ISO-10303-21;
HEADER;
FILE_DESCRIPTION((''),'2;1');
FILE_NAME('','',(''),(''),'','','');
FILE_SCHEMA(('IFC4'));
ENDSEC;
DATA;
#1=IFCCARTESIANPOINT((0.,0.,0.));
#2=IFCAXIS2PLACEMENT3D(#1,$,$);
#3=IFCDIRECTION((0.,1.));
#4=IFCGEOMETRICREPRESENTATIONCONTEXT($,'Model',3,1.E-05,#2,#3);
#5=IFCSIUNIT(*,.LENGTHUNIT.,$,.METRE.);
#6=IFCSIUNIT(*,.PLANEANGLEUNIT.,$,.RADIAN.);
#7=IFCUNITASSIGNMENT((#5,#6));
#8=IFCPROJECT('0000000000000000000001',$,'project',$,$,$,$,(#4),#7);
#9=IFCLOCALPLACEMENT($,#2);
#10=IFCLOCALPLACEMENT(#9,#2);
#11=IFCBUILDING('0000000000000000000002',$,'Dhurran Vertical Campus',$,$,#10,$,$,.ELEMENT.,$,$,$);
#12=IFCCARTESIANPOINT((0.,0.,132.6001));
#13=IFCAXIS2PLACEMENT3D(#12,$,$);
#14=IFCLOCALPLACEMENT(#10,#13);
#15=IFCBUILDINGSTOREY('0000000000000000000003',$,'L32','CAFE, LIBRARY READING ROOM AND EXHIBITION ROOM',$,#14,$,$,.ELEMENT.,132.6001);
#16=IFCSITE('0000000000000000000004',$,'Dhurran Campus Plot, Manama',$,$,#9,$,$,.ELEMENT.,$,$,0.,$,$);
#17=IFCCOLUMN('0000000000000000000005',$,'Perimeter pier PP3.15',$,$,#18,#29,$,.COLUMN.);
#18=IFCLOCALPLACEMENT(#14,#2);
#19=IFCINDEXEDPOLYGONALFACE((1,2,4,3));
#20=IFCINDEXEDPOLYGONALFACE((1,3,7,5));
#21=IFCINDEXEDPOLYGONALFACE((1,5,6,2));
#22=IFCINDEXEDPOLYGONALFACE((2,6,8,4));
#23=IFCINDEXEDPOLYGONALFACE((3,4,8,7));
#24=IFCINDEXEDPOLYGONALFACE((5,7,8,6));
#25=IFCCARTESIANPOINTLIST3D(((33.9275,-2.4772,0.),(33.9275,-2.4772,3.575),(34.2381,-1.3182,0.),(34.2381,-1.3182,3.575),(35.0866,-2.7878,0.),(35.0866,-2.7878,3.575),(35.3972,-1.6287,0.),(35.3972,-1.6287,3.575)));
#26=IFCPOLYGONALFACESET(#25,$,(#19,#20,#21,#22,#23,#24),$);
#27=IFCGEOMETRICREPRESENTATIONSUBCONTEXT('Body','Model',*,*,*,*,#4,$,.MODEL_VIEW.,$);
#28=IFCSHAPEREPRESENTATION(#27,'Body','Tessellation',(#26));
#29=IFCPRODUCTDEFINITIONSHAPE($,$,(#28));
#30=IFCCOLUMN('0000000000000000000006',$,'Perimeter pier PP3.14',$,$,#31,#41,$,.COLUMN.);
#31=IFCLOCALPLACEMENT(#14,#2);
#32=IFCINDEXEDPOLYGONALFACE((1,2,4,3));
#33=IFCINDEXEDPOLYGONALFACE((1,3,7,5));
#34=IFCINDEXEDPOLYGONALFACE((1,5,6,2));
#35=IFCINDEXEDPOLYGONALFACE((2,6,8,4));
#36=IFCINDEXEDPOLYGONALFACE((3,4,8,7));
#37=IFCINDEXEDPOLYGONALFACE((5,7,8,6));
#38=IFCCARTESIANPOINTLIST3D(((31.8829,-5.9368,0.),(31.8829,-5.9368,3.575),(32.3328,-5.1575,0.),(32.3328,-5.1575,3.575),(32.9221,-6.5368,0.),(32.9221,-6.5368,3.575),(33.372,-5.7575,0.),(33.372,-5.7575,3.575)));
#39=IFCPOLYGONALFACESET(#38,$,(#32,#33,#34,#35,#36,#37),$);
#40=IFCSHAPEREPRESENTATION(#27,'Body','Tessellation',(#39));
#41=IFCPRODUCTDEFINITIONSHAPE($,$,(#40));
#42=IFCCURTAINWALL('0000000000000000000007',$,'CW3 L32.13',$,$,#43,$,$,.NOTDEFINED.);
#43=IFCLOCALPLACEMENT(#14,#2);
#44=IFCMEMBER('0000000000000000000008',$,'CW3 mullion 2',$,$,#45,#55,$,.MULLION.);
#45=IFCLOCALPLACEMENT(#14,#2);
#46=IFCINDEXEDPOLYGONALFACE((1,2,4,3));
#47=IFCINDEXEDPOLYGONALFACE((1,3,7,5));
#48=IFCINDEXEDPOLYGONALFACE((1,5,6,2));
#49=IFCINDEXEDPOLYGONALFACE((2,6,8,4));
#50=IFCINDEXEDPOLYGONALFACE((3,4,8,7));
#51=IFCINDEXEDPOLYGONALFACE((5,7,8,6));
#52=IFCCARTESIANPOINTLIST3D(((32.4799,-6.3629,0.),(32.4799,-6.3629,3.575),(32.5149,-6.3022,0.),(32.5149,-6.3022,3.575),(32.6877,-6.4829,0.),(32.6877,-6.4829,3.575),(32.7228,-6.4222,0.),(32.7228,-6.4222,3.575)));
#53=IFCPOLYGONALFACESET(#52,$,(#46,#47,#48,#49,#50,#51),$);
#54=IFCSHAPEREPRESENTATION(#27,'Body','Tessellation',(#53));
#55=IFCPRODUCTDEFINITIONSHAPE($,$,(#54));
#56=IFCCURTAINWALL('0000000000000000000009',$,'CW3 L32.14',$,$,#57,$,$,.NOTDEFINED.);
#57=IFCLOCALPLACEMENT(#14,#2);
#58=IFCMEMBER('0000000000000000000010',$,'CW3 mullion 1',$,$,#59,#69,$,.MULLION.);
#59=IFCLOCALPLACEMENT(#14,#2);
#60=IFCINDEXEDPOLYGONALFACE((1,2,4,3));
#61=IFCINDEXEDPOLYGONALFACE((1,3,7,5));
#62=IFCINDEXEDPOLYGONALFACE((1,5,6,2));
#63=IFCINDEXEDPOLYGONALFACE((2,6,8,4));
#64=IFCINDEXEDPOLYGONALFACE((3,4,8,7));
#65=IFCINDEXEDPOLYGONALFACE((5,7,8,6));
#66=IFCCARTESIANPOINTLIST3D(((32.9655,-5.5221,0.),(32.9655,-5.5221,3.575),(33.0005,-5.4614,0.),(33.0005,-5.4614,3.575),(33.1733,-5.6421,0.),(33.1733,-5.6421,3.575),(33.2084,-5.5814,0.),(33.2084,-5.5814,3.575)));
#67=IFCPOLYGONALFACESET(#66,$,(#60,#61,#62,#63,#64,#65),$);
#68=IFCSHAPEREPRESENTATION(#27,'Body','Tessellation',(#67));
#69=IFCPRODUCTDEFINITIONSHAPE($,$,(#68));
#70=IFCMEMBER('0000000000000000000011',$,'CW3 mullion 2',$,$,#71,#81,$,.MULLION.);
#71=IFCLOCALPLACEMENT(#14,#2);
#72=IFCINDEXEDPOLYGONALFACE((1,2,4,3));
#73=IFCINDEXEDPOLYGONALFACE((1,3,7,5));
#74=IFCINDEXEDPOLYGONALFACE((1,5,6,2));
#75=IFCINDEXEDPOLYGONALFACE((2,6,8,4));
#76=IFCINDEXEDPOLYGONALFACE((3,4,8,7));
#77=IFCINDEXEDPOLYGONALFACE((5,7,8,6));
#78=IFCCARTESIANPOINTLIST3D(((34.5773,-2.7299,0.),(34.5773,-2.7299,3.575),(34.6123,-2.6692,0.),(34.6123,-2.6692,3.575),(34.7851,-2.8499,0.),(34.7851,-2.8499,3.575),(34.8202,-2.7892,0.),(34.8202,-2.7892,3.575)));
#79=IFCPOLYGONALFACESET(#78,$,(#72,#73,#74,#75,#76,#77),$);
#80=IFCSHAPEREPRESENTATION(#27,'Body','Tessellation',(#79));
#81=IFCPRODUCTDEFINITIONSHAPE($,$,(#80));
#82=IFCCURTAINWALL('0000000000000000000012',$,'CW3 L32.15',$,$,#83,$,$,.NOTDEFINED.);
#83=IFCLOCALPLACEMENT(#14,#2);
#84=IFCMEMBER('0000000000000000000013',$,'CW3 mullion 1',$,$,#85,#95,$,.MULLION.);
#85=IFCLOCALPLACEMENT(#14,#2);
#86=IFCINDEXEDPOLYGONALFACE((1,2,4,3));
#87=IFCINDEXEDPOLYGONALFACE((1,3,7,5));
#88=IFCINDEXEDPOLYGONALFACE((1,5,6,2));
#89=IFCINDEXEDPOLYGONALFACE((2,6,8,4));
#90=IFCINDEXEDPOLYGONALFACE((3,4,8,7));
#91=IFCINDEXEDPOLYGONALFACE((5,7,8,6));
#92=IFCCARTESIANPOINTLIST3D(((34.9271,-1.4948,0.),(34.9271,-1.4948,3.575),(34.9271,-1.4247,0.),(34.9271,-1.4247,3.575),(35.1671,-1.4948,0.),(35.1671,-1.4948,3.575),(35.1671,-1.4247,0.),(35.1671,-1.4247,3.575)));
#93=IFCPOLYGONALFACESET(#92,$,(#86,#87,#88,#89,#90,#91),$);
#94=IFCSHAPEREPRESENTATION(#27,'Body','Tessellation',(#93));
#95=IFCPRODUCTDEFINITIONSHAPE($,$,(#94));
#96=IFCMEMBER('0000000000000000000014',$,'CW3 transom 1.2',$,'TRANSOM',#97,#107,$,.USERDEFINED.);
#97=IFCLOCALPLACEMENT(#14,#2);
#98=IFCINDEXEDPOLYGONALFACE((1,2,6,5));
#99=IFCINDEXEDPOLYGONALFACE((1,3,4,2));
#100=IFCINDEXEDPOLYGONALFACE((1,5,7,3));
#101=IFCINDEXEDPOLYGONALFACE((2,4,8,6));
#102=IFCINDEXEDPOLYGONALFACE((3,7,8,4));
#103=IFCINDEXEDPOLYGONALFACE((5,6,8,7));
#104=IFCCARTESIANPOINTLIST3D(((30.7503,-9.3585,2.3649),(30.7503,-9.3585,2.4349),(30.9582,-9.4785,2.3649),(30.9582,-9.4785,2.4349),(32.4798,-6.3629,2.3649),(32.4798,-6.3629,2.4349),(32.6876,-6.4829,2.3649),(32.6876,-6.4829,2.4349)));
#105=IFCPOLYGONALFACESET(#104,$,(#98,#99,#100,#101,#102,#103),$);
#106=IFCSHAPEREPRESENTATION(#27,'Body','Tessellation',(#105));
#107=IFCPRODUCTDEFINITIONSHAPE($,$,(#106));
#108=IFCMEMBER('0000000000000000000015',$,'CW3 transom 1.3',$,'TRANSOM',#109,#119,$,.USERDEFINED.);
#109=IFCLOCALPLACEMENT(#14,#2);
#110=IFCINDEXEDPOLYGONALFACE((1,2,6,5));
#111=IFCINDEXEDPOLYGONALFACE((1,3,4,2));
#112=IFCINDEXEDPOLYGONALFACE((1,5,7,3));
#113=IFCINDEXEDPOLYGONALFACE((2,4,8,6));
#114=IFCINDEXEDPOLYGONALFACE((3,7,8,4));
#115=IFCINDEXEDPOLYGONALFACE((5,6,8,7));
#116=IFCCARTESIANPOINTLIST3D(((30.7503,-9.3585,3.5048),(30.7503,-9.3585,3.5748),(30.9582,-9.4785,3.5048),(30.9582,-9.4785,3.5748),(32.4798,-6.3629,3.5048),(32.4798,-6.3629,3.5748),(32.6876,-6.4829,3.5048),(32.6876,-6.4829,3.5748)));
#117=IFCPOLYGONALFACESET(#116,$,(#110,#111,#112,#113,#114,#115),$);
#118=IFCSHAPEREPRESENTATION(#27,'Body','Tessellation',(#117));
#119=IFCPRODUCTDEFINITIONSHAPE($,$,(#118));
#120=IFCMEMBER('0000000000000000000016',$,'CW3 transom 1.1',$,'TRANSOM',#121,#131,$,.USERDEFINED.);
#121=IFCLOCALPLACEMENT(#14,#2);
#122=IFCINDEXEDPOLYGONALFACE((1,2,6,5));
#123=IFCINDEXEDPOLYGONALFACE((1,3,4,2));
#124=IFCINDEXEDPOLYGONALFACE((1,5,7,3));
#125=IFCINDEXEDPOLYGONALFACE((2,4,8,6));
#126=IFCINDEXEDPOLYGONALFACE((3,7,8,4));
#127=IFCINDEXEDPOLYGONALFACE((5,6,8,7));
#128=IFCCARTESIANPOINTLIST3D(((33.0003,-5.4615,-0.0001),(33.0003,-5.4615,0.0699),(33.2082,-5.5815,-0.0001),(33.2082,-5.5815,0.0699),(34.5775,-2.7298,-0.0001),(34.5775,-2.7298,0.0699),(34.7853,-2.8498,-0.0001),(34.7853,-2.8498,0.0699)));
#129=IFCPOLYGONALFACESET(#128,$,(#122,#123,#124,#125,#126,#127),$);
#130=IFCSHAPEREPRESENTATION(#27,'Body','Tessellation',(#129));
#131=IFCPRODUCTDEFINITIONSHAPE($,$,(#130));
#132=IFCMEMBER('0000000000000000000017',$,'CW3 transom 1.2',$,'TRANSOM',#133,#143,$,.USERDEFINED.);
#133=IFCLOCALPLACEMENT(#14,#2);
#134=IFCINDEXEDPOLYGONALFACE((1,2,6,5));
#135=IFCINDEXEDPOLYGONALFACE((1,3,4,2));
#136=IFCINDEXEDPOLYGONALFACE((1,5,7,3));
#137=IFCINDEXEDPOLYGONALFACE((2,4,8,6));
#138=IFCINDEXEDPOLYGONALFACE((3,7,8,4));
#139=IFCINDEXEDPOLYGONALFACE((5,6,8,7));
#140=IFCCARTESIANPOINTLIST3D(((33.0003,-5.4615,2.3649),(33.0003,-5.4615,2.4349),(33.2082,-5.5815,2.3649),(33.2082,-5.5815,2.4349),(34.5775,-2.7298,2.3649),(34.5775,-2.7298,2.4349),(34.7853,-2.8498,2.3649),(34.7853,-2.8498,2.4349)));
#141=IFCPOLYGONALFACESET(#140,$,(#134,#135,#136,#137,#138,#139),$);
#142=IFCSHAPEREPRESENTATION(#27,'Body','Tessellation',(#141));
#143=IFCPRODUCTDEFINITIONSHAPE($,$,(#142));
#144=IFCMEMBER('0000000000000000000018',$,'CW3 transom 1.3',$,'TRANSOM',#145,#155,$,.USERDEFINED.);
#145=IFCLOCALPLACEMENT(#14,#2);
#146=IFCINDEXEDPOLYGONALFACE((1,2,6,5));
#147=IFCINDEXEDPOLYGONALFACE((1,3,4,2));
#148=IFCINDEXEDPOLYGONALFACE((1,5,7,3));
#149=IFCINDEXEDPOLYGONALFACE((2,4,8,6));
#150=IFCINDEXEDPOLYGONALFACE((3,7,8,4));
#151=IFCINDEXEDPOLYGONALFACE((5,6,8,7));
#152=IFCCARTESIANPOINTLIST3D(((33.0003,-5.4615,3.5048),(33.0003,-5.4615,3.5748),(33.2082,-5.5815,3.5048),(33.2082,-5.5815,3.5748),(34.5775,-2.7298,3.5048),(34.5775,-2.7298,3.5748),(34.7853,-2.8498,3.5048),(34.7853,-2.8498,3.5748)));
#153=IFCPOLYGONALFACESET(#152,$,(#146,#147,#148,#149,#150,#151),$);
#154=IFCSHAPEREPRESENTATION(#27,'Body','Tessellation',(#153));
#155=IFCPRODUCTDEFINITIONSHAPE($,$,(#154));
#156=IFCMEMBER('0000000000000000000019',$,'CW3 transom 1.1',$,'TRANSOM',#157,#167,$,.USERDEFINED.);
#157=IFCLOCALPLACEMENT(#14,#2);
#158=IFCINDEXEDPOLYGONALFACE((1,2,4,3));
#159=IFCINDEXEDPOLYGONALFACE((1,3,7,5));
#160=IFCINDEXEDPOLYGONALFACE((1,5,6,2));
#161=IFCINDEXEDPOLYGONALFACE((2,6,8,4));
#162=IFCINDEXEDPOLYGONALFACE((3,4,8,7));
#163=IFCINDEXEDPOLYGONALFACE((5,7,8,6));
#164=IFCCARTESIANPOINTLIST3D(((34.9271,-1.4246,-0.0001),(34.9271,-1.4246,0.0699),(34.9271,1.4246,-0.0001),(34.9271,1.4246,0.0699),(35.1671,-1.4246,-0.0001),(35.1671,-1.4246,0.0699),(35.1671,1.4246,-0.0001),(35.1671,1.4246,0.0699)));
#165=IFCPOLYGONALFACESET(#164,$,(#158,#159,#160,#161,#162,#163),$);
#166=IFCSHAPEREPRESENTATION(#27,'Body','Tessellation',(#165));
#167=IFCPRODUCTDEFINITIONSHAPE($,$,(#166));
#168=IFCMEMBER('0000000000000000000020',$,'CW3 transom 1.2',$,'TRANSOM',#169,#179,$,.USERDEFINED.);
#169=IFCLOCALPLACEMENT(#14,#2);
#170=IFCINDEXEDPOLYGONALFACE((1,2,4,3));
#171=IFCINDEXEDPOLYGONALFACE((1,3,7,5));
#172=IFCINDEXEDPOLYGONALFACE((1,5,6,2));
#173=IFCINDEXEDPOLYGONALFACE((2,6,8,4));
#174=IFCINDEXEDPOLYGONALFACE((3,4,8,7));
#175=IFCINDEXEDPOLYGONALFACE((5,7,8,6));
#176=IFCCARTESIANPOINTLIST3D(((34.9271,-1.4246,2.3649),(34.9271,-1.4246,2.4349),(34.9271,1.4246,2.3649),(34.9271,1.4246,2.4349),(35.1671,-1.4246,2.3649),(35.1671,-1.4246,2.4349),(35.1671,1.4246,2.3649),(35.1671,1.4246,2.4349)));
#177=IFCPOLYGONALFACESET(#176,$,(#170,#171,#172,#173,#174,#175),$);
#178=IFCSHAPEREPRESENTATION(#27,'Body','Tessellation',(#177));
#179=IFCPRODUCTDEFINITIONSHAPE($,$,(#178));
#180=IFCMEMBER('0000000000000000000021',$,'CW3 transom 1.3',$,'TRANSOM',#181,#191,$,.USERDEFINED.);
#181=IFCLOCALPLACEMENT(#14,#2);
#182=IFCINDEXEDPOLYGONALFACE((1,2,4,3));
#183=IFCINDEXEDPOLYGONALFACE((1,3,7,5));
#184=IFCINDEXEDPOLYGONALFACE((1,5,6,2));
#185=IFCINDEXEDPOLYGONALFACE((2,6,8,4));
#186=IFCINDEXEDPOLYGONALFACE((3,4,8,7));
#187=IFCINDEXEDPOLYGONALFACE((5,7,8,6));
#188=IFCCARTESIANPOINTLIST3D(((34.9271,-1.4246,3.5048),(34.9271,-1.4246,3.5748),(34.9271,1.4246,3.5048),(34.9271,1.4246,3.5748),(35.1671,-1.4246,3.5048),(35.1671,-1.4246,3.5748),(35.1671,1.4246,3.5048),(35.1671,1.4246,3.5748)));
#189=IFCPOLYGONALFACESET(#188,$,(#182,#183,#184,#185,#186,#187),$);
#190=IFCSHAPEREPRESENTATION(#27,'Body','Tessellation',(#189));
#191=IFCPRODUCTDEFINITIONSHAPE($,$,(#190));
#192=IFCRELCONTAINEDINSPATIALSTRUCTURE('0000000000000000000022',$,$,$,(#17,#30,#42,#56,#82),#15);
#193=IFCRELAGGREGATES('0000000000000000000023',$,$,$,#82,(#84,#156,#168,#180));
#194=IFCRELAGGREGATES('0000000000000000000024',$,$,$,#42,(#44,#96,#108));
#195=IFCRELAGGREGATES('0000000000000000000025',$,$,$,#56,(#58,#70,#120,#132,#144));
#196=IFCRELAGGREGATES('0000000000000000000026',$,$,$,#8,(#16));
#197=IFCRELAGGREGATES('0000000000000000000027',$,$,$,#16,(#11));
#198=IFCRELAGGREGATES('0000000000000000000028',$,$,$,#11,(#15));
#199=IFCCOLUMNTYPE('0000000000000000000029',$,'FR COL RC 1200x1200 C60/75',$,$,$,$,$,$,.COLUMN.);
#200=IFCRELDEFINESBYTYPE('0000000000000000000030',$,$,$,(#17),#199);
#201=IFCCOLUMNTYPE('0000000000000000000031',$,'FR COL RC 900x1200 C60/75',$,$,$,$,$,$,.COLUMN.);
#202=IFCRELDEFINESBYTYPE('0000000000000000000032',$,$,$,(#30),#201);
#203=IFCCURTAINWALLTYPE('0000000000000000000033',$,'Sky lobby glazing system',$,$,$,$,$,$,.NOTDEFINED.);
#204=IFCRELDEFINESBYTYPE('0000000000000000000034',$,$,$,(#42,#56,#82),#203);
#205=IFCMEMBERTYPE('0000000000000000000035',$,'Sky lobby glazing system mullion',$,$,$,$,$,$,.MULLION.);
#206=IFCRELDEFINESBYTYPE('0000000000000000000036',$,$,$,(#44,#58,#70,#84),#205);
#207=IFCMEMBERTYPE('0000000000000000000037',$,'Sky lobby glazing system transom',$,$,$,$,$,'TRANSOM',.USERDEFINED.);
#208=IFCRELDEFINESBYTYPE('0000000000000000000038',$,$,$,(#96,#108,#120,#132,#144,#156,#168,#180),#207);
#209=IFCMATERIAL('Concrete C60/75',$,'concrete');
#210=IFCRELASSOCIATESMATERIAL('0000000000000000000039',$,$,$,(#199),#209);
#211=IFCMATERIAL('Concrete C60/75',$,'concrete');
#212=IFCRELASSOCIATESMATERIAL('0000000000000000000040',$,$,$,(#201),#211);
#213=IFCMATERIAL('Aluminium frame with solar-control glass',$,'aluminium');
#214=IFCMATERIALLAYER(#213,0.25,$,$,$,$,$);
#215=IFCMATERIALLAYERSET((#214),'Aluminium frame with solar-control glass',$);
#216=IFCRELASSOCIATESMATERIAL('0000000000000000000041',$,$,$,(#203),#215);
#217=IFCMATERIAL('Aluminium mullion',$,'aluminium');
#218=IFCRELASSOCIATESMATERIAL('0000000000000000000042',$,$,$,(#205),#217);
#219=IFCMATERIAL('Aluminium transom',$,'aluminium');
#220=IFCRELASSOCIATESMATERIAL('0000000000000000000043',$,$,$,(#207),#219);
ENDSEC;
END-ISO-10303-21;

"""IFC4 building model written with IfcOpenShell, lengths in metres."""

from ifc_helpers import new_model, si_unit, direction, frame, origin, origin_2d, place, context, subcontext, project, spatial, rectangle, extrude, material, layer, layer_set, material_profile, profile_set, type_object, element, aggregate, save


model = new_model("IFC4")

# Units and contexts
model_context = context("Model", 3, precision=1e-05, world=origin(), true_north=direction((0.0, 1.0)))
body_context = subcontext(model_context, "Body", "Model", "MODEL_VIEW")
ifc_project = project(units=[si_unit("LENGTHUNIT", "METRE"), si_unit("PLANEANGLEUNIT", "RADIAN")], contexts=[model_context])

# Site, building, storey
site_placement = place(None, origin())
site = spatial("IfcSite", under=ifc_project, at=site_placement, Name="Dhurran Campus Plot, Manama", CompositionType="ELEMENT", RefElevation=0.0)
building_placement = place(site_placement, origin())
building = spatial("IfcBuilding", under=site, at=building_placement, Name="Dhurran Vertical Campus", CompositionType="ELEMENT")
storey_placement = place(building_placement, frame((0.0, 0.0, 132.6001)))
storey = spatial("IfcBuildingStorey", under=building, at=storey_placement, Name="L32", Description="CAFE, LIBRARY READING ROOM AND EXHIBITION ROOM", CompositionType="ELEMENT", Elevation=132.6001)

# Columns
ifc_material_1 = material(Name="Concrete C60/75", Category="concrete")
ifc_material_profile_1 = material_profile(ifc_material_1, rectangle(XDim=1.2, YDim=1.2, at=origin_2d()), Name="RC 1200x1200")
ifc_profile_set_1 = profile_set([ifc_material_profile_1], Name="Concrete C60/75")
column_type_1 = type_object("IfcColumnType", Name="FR COL RC 1200x1200 C60/75", PredefinedType="COLUMN", material=ifc_profile_set_1)
column_1_placement = place(storey_placement, frame((34.6624, -2.053, 0.0), z_axis=(0.0, 0.0, 1.0), x_axis=(0.258819, 0.965926, 0.0)))
element("IfcColumn", 1, at=column_1_placement, inside=storey, type_object=column_type_1, Name="Perimeter pier PP3.15", PredefinedType="COLUMN", context=body_context, shape_type="SweptSolid", body=[
    extrude(rectangle(XDim=1.2, YDim=1.2, at=origin_2d()), origin(), (0.0, 0.0, 1.0), 3.575),
])
ifc_material_2 = material(Name="Concrete C60/75", Category="concrete")
ifc_material_profile_2 = material_profile(ifc_material_2, rectangle(XDim=0.8999, YDim=1.2, at=origin_2d()), Name="RC 900x1200")
ifc_profile_set_2 = profile_set([ifc_material_profile_2], Name="Concrete C60/75")
column_type_2 = type_object("IfcColumnType", Name="FR COL RC 900x1200 C60/75", PredefinedType="COLUMN", material=ifc_profile_set_2)
column_2_placement = place(storey_placement, frame((32.6274, -5.8472, 0.0), z_axis=(0.0, 0.0, 1.0), x_axis=(0.5, 0.866025, 0.0)))
element("IfcColumn", 2, at=column_2_placement, inside=storey, type_object=column_type_2, Name="Perimeter pier PP3.14", PredefinedType="COLUMN", context=body_context, shape_type="SweptSolid", body=[
    extrude(rectangle(XDim=0.8999, YDim=1.2, at=origin_2d()), origin(), (0.0, 0.0, 1.0), 3.575),
])

# Curtain wall, member
ifc_material_3 = material(Name="Aluminium frame with solar-control glass", Category="aluminium")
ifc_layer_1 = layer(ifc_material_3, 0.25)
ifc_layer_set_1 = layer_set([ifc_layer_1], Name="Aluminium frame with solar-control glass")
curtain_wall_type = type_object("IfcCurtainWallType", Name="Sky lobby glazing system", PredefinedType="NOTDEFINED", material=ifc_layer_set_1)
curtain_wall_1_placement = place(storey_placement, origin())
curtain_wall_1 = element("IfcCurtainWall", 3, at=curtain_wall_1_placement, inside=storey, type_object=curtain_wall_type, Name="CW3 L32.13", PredefinedType="NOTDEFINED")
ifc_material_4 = material(Name="Aluminium mullion", Category="aluminium")
ifc_material_profile_3 = material_profile(ifc_material_4, rectangle(XDim=0.24, YDim=0.0701, at=origin_2d()), Name="Sky lobby glazing system mullion")
ifc_profile_set_3 = profile_set([ifc_material_profile_3], Name="Aluminium mullion")
member_type_1 = type_object("IfcMemberType", Name="Sky lobby glazing system mullion", PredefinedType="MULLION", material=ifc_profile_set_3)
member_1_placement = place(storey_placement, frame((32.6013, -6.3926, 0.0), z_axis=(0.0, 0.0, 1.0), x_axis=(-0.866024, 0.500003, 0.0)))
member_1 = element("IfcMember", 4, at=member_1_placement, type_object=member_type_1, Name="CW3 mullion 2", PredefinedType="MULLION", context=body_context, shape_type="SweptSolid", body=[
    extrude(rectangle(XDim=0.24, YDim=0.0701, at=origin_2d()), origin(), (0.0, 0.0, 1.0), 3.575),
])

# Curtain wall, members
curtain_wall_2_placement = place(storey_placement, origin())
curtain_wall_2 = element("IfcCurtainWall", 5, at=curtain_wall_2_placement, inside=storey, type_object=curtain_wall_type, Name="CW3 L32.14", PredefinedType="NOTDEFINED")
member_2_placement = place(storey_placement, frame((33.0869, -5.5518, 0.0), z_axis=(0.0, 0.0, 1.0), x_axis=(-0.866034, 0.499985, 0.0)))
member_2 = element("IfcMember", 6, at=member_2_placement, type_object=member_type_1, Name="CW3 mullion 1", PredefinedType="MULLION", context=body_context, shape_type="SweptSolid", body=[
    extrude(rectangle(XDim=0.24, YDim=0.0701, at=origin_2d()), origin(), (0.0, 0.0, 1.0), 3.575),
])
member_3_placement = place(storey_placement, frame((34.6987, -2.7595, 0.0), z_axis=(0.0, 0.0, 1.0), x_axis=(-0.866034, 0.499985, 0.0)))
member_3 = element("IfcMember", 7, at=member_3_placement, type_object=member_type_1, Name="CW3 mullion 2", PredefinedType="MULLION", context=body_context, shape_type="SweptSolid", body=[
    extrude(rectangle(XDim=0.24, YDim=0.0701, at=origin_2d()), origin(), (0.0, 0.0, 1.0), 3.575),
])

# Curtain wall, member
curtain_wall_3_placement = place(storey_placement, origin())
curtain_wall_3 = element("IfcCurtainWall", 8, at=curtain_wall_3_placement, inside=storey, type_object=curtain_wall_type, Name="CW3 L32.15", PredefinedType="NOTDEFINED")
member_4_placement = place(storey_placement, frame((35.0471, -1.4597, 0.0), z_axis=(0.0, 0.0, 1.0), x_axis=(-1.0, 0.0, 0.0)))
member_4 = element("IfcMember", 9, at=member_4_placement, type_object=member_type_1, Name="CW3 mullion 1", PredefinedType="MULLION", context=body_context, shape_type="SweptSolid", body=[
    extrude(rectangle(XDim=0.24, YDim=0.0701, at=origin_2d()), origin(), (0.0, 0.0, 1.0), 3.575),
])

# Members
ifc_material_5 = material(Name="Aluminium transom", Category="aluminium")
ifc_material_profile_4 = material_profile(ifc_material_5, rectangle(XDim=0.24, YDim=0.0701, at=origin_2d()), Name="Sky lobby glazing system transom")
ifc_profile_set_4 = profile_set([ifc_material_profile_4], Name="Aluminium transom")
member_type_2 = type_object("IfcMemberType", Name="Sky lobby glazing system transom", ElementType="TRANSOM", PredefinedType="USERDEFINED", material=ifc_profile_set_4)
member_5_placement = place(storey_placement, frame((30.8542, -9.4185, 2.3999), z_axis=(0.499995, 0.866028, 0.0), x_axis=(-0.866028, 0.499995, 0.0)))
member_5 = element("IfcMember", 10, at=member_5_placement, type_object=member_type_2, Name="CW3 transom 1.2", ObjectType="TRANSOM", PredefinedType="USERDEFINED", context=body_context, shape_type="SweptSolid", body=[
    extrude(rectangle(XDim=0.24, YDim=0.0701, at=origin_2d()), origin(), (0.0, 0.0, 1.0), 3.459),
])
member_6_placement = place(storey_placement, frame((30.8542, -9.4185, 3.5398), z_axis=(0.499995, 0.866028, 0.0), x_axis=(-0.866028, 0.499995, 0.0)))
member_6 = element("IfcMember", 11, at=member_6_placement, type_object=member_type_2, Name="CW3 transom 1.3", ObjectType="TRANSOM", PredefinedType="USERDEFINED", context=body_context, shape_type="SweptSolid", body=[
    extrude(rectangle(XDim=0.24, YDim=0.0701, at=origin_2d()), origin(), (0.0, 0.0, 1.0), 3.459),
])
member_7_placement = place(storey_placement, frame((33.1042, -5.5215, 0.0349), z_axis=(0.500002, 0.866024, 0.0), x_axis=(-0.866024, 0.500002, 0.0)))
member_7 = element("IfcMember", 12, at=member_7_placement, type_object=member_type_2, Name="CW3 transom 1.1", ObjectType="TRANSOM", PredefinedType="USERDEFINED", context=body_context, shape_type="SweptSolid", body=[
    extrude(rectangle(XDim=0.24, YDim=0.0701, at=origin_2d()), origin(), (0.0, 0.0, 1.0), 3.1543),
])
member_8_placement = place(storey_placement, frame((33.1042, -5.5215, 2.3999), z_axis=(0.500002, 0.866024, 0.0), x_axis=(-0.866024, 0.500002, 0.0)))
member_8 = element("IfcMember", 13, at=member_8_placement, type_object=member_type_2, Name="CW3 transom 1.2", ObjectType="TRANSOM", PredefinedType="USERDEFINED", context=body_context, shape_type="SweptSolid", body=[
    extrude(rectangle(XDim=0.24, YDim=0.0701, at=origin_2d()), origin(), (0.0, 0.0, 1.0), 3.1543),
])
member_9_placement = place(storey_placement, frame((33.1042, -5.5215, 3.5398), z_axis=(0.500002, 0.866024, 0.0), x_axis=(-0.866024, 0.500002, 0.0)))
member_9 = element("IfcMember", 14, at=member_9_placement, type_object=member_type_2, Name="CW3 transom 1.3", ObjectType="TRANSOM", PredefinedType="USERDEFINED", context=body_context, shape_type="SweptSolid", body=[
    extrude(rectangle(XDim=0.24, YDim=0.0701, at=origin_2d()), origin(), (0.0, 0.0, 1.0), 3.1543),
])
member_10_placement = place(storey_placement, frame((35.0471, -1.4246, 0.0349), z_axis=(0.0, 1.0, 0.0), x_axis=(-1.0, 0.0, 0.0)))
member_10 = element("IfcMember", 15, at=member_10_placement, type_object=member_type_2, Name="CW3 transom 1.1", ObjectType="TRANSOM", PredefinedType="USERDEFINED", context=body_context, shape_type="SweptSolid", body=[
    extrude(rectangle(XDim=0.24, YDim=0.0701, at=origin_2d()), origin(), (0.0, 0.0, 1.0), 2.8491),
])
member_11_placement = place(storey_placement, frame((35.0471, -1.4246, 2.3999), z_axis=(0.0, 1.0, 0.0), x_axis=(-1.0, 0.0, 0.0)))
member_11 = element("IfcMember", 16, at=member_11_placement, type_object=member_type_2, Name="CW3 transom 1.2", ObjectType="TRANSOM", PredefinedType="USERDEFINED", context=body_context, shape_type="SweptSolid", body=[
    extrude(rectangle(XDim=0.24, YDim=0.0701, at=origin_2d()), origin(), (0.0, 0.0, 1.0), 2.8491),
])
member_12_placement = place(storey_placement, frame((35.0471, -1.4246, 3.5398), z_axis=(0.0, 1.0, 0.0), x_axis=(-1.0, 0.0, 0.0)))
member_12 = element("IfcMember", 17, at=member_12_placement, type_object=member_type_2, Name="CW3 transom 1.3", ObjectType="TRANSOM", PredefinedType="USERDEFINED", context=body_context, shape_type="SweptSolid", body=[
    extrude(rectangle(XDim=0.24, YDim=0.0701, at=origin_2d()), origin(), (0.0, 0.0, 1.0), 2.8491),
])
aggregate(curtain_wall_3, [member_4, member_10, member_11, member_12])

aggregate(curtain_wall_1, [member_1, member_5, member_6])
aggregate(curtain_wall_2, [member_2, member_3, member_7, member_8, member_9])

save(model, "model.ifc")
